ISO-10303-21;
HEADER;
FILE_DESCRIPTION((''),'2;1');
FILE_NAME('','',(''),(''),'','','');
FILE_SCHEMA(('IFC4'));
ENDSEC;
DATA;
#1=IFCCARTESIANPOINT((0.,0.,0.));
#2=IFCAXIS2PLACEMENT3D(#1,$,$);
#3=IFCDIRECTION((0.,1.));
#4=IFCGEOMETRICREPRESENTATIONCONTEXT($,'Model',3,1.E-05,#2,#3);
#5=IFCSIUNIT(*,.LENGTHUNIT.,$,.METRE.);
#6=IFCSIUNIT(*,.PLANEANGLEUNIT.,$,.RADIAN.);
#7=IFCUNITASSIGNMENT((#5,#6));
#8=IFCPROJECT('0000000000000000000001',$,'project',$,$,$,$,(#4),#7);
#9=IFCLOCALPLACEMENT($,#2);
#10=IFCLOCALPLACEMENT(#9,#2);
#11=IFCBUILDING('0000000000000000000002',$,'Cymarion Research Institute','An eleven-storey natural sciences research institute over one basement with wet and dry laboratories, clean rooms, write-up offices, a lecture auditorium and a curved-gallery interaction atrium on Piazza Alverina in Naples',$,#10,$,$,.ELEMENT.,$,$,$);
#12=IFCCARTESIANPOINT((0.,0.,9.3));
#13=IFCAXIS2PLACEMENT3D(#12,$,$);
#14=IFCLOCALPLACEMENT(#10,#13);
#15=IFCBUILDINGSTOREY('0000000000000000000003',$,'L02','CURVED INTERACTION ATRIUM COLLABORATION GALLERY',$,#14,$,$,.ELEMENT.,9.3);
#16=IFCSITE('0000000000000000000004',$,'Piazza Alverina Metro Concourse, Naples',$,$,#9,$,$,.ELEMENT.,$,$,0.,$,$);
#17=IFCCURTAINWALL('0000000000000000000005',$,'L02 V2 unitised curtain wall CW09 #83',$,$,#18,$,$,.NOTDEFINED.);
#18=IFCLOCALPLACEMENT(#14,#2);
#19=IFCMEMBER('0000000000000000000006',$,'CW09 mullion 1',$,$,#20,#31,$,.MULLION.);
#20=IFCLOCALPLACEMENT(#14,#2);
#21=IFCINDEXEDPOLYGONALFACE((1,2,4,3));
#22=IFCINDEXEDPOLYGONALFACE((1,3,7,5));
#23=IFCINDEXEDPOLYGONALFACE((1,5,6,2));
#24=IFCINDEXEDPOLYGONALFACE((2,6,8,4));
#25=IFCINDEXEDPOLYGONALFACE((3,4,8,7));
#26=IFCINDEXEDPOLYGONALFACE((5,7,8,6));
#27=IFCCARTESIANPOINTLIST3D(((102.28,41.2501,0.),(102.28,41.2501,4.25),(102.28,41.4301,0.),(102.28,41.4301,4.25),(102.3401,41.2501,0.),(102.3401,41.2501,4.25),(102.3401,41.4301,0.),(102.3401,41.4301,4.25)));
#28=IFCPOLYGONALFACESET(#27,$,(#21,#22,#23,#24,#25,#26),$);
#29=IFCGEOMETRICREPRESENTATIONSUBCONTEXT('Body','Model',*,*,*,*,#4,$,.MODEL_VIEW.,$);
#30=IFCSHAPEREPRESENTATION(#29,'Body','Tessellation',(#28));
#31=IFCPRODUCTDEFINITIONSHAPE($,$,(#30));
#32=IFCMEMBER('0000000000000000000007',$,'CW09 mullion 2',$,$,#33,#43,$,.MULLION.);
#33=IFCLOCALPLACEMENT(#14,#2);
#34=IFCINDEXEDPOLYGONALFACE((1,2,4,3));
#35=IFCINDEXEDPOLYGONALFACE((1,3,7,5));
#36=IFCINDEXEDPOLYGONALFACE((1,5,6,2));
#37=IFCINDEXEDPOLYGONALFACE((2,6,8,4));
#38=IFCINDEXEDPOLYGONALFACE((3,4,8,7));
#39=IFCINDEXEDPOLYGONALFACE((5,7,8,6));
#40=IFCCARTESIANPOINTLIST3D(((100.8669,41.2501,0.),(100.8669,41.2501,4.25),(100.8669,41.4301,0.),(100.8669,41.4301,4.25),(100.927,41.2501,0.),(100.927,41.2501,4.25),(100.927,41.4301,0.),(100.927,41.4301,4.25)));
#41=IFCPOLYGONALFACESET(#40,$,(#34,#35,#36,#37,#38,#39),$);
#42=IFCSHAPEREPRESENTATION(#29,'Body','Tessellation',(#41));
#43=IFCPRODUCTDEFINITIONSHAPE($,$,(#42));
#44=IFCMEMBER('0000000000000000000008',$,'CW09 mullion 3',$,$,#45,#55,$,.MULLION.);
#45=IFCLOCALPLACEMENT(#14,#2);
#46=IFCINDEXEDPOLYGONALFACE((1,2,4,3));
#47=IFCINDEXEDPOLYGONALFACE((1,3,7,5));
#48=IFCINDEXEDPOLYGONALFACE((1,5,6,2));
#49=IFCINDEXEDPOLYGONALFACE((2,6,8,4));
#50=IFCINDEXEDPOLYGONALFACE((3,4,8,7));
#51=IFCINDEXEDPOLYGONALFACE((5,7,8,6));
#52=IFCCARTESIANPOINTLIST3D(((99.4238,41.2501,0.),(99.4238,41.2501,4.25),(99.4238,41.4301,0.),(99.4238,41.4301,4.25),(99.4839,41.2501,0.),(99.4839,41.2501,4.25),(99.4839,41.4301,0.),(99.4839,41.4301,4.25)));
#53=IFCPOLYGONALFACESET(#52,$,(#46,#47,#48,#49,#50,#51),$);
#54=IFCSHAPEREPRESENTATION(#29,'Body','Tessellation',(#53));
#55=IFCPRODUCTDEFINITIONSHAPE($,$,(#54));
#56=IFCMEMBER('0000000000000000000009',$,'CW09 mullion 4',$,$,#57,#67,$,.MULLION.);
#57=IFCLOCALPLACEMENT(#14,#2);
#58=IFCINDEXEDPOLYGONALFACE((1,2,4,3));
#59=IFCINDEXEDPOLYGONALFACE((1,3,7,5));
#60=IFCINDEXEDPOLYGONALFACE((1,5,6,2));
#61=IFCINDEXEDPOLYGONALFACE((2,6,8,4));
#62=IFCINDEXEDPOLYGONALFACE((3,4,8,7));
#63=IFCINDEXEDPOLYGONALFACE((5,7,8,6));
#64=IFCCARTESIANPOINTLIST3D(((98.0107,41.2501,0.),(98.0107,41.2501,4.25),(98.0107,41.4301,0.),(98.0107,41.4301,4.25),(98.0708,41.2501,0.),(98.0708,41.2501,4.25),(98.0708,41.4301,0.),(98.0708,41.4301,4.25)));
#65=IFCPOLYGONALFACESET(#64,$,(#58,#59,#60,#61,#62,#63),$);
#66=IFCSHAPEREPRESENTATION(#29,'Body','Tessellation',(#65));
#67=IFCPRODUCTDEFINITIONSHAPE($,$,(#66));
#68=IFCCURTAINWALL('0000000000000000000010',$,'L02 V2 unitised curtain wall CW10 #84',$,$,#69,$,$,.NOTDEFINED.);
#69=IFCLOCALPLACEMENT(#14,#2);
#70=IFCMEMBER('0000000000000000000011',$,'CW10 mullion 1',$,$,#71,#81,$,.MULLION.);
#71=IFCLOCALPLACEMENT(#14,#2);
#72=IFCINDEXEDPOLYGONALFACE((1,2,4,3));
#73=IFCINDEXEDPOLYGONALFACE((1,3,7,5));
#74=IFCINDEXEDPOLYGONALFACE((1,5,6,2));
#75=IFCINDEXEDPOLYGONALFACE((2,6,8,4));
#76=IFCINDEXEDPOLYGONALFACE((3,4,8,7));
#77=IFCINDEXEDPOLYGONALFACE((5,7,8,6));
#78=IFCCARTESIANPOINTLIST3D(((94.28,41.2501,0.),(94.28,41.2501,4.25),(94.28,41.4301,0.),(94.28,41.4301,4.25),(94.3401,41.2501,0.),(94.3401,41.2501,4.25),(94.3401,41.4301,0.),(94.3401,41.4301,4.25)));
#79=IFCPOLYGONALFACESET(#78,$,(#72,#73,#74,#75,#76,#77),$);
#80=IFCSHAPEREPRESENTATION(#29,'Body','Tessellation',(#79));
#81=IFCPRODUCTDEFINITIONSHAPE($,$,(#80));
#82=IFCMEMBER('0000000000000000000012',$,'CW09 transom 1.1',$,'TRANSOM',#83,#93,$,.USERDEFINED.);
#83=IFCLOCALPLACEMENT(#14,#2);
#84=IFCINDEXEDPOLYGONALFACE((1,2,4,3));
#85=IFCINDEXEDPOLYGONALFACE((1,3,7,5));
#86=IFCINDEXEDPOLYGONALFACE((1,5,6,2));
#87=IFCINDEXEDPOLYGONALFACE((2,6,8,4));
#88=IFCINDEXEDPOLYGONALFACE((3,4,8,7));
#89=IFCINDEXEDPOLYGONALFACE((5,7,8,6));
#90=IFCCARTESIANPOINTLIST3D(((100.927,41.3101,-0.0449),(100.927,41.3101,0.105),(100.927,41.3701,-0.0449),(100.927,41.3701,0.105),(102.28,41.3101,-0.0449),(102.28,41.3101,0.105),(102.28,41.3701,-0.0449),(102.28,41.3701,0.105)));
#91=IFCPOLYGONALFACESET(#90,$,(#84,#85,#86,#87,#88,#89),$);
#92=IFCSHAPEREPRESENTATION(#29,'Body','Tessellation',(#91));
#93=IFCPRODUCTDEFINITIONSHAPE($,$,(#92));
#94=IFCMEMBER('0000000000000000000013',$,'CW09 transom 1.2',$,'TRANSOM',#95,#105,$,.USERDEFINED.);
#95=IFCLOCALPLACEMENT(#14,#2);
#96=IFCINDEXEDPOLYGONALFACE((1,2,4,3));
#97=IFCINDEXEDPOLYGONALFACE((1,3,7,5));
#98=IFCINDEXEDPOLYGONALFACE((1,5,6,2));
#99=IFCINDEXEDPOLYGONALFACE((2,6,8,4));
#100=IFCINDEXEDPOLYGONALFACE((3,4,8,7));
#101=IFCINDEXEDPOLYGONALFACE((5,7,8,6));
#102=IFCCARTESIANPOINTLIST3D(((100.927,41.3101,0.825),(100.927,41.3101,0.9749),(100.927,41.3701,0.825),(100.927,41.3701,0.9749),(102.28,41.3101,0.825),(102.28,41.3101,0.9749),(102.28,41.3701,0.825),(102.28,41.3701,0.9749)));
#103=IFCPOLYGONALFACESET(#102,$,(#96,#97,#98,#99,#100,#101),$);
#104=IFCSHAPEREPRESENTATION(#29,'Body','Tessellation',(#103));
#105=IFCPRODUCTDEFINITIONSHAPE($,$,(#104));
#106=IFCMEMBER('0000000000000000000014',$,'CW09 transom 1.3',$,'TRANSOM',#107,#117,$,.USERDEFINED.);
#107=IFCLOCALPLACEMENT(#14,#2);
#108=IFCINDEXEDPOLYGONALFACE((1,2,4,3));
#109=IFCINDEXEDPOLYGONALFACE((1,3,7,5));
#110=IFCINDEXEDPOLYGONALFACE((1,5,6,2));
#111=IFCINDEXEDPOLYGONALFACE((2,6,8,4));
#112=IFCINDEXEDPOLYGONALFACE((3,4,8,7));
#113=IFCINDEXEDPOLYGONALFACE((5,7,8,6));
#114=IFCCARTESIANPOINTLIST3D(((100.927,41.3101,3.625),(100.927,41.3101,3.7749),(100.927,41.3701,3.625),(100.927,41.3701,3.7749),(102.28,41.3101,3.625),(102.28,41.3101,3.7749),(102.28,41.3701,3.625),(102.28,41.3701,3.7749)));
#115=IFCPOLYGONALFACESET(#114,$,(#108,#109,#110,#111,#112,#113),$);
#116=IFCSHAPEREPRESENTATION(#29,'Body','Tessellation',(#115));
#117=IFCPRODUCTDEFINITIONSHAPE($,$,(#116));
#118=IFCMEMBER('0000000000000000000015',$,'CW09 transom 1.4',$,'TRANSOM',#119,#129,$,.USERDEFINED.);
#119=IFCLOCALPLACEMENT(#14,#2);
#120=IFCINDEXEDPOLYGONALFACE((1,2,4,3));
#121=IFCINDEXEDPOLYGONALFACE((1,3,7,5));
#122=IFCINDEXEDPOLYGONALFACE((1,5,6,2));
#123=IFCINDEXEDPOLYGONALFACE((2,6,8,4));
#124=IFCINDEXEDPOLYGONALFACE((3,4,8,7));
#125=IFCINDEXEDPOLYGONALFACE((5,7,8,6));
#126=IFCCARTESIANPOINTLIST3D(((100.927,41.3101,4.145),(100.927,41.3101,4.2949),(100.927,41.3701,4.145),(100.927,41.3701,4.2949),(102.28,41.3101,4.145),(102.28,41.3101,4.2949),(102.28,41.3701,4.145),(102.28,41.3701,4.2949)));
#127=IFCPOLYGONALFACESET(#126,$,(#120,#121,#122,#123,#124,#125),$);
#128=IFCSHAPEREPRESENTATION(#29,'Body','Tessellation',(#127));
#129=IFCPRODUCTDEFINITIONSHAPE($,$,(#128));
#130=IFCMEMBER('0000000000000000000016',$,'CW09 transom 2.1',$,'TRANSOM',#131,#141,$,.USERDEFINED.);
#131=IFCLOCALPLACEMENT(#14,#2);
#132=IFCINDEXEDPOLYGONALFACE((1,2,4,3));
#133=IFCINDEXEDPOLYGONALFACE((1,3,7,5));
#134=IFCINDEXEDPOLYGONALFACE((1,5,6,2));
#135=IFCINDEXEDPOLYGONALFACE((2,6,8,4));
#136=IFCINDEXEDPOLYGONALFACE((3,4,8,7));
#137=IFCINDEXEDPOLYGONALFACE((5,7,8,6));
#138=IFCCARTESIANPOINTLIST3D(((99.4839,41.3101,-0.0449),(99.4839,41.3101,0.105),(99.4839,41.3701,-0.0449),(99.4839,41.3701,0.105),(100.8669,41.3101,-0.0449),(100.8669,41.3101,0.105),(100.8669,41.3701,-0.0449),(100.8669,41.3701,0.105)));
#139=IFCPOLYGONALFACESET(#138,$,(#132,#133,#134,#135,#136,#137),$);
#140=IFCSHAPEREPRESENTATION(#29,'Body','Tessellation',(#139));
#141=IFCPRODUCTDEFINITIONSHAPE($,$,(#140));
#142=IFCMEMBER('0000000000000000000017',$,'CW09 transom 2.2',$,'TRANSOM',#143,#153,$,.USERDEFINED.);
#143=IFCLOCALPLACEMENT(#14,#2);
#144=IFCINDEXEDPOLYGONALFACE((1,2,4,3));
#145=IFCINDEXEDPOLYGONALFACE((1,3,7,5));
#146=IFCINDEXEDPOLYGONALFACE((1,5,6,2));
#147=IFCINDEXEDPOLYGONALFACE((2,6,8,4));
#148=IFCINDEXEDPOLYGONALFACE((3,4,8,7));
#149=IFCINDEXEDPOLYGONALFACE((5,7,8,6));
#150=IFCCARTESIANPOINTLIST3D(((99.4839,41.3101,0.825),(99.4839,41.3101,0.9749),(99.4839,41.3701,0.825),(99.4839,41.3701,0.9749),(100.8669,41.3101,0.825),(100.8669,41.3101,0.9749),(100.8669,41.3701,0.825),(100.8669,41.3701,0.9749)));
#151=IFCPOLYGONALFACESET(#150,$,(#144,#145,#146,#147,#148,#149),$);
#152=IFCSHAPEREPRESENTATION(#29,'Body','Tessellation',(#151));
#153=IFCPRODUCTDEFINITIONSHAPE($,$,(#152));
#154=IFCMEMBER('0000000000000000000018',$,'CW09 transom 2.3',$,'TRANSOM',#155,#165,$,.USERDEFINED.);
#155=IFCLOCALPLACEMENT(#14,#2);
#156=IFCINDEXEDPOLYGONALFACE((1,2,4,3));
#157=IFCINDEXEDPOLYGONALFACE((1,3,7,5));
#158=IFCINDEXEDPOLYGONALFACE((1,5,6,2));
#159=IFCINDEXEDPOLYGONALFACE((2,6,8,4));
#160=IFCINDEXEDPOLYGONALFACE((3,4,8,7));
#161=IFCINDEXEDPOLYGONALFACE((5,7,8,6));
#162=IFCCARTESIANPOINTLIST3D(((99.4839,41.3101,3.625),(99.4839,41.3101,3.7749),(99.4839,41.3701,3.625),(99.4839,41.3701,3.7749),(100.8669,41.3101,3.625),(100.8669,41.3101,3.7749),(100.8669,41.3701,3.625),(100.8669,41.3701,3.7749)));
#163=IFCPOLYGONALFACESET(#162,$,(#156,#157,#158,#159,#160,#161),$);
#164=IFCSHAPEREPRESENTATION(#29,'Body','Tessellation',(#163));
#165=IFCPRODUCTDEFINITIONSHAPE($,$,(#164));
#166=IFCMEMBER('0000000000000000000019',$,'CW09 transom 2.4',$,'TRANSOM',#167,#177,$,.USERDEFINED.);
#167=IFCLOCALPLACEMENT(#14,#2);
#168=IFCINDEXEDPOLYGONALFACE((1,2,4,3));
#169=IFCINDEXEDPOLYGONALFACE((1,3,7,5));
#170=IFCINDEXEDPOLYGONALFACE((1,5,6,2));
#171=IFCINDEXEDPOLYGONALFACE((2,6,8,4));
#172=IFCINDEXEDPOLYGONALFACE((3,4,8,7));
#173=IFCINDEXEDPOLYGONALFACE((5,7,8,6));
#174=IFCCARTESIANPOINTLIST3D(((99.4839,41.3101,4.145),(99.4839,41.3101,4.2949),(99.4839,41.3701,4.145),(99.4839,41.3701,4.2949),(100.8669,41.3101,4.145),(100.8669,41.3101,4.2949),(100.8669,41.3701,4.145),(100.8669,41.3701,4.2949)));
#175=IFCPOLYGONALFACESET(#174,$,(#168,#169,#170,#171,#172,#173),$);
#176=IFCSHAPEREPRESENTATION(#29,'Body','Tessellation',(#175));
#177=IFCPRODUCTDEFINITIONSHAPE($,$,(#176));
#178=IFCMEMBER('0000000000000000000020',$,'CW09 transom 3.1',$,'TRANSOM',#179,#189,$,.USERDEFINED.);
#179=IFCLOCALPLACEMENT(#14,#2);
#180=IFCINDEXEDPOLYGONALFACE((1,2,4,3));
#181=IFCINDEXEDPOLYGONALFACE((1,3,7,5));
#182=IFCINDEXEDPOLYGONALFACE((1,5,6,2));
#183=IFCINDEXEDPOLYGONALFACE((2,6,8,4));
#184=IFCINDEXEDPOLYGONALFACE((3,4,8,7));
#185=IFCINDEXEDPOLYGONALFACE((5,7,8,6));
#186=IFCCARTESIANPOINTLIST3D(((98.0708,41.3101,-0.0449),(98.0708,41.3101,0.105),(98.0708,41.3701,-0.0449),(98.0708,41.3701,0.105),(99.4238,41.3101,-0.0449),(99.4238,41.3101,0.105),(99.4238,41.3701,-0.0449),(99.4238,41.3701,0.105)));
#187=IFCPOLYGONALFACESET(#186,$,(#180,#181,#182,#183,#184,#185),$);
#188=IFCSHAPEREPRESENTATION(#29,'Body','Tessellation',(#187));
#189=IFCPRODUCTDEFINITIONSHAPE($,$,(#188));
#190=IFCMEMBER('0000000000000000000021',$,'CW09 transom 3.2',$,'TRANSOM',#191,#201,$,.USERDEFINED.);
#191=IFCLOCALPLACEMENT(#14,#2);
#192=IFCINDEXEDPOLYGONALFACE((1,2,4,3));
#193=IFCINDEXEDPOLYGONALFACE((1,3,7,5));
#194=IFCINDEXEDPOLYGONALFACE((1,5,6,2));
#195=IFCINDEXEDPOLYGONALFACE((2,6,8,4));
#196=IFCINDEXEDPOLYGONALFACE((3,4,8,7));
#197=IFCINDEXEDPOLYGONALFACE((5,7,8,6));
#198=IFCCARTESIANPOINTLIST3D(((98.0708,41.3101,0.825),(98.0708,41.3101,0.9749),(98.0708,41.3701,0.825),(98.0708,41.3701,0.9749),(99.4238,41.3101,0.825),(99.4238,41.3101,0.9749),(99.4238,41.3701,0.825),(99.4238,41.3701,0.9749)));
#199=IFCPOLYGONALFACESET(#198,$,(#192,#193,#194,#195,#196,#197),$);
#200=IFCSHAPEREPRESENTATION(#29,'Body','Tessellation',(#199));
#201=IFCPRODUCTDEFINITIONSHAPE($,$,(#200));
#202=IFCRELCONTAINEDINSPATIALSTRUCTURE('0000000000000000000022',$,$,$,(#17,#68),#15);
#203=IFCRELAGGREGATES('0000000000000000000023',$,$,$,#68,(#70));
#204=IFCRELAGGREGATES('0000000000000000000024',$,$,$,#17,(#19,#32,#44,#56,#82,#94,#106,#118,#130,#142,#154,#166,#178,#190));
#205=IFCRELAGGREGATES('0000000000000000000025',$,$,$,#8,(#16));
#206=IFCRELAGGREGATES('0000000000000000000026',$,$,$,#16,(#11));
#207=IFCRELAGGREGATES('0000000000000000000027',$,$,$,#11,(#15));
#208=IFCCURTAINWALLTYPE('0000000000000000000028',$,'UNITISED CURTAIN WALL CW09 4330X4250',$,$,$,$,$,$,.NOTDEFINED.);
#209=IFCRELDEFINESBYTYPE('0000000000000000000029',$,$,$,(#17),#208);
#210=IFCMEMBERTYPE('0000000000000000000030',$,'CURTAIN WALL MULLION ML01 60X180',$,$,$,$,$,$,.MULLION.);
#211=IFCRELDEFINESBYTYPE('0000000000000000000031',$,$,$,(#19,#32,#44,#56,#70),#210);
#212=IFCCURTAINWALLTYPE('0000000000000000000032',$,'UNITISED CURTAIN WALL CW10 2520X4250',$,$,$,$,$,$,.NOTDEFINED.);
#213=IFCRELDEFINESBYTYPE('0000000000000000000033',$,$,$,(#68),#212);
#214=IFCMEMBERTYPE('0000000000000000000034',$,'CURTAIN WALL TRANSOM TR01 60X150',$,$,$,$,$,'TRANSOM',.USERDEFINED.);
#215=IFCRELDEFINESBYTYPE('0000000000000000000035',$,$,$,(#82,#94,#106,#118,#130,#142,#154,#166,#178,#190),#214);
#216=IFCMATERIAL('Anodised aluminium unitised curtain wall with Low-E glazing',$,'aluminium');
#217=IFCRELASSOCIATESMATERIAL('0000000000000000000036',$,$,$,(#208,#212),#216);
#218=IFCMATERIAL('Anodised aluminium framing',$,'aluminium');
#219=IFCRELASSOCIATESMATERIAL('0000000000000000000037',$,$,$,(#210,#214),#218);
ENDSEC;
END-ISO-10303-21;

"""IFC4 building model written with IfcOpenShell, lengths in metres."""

from ifc_helpers import new_model, si_unit, direction, frame, origin, origin_2d, place, context, subcontext, project, spatial, rectangle, extrude, material, material_profile, profile_set, type_object, element, aggregate, save


model = new_model("IFC4")

# Units and contexts
model_context = context("Model", 3, precision=1e-05, world=origin(), true_north=direction((0.0, 1.0)))
body_context = subcontext(model_context, "Body", "Model", "MODEL_VIEW")
ifc_project = project(units=[si_unit("LENGTHUNIT", "METRE"), si_unit("PLANEANGLEUNIT", "RADIAN")], contexts=[model_context])

# Site, building, storey
site_placement = place(None, origin())
site = spatial("IfcSite", under=ifc_project, at=site_placement, Name="Piazza Alverina Metro Concourse, Naples", CompositionType="ELEMENT", RefElevation=0.0)
building_placement = place(site_placement, origin())
building = spatial("IfcBuilding", under=site, at=building_placement, Name="Cymarion Research Institute", Description="An eleven-storey natural sciences research institute over one basement with wet and dry laboratories, clean rooms, write-up offices, a lecture auditorium and a curved-gallery interaction atrium on Piazza Alverina in Naples", CompositionType="ELEMENT")
storey_placement = place(building_placement, frame((0.0, 0.0, 9.3)))
storey = spatial("IfcBuildingStorey", under=building, at=storey_placement, Name="L02", Description="CURVED INTERACTION ATRIUM COLLABORATION GALLERY", CompositionType="ELEMENT", Elevation=9.3)

# Curtain wall, members
ifc_material_1 = material(Name="Anodised aluminium unitised curtain wall with Low-E glazing", Category="aluminium")
curtain_wall_type_1 = type_object("IfcCurtainWallType", Name="UNITISED CURTAIN WALL CW09 4330X4250", PredefinedType="NOTDEFINED", material=ifc_material_1)
curtain_wall_1_placement = place(storey_placement, origin())
curtain_wall_1 = element("IfcCurtainWall", 1, at=curtain_wall_1_placement, inside=storey, type_object=curtain_wall_type_1, Name="L02 V2 unitised curtain wall CW09 #83", PredefinedType="NOTDEFINED")
ifc_material_2 = material(Name="Anodised aluminium framing", Category="aluminium")
ifc_material_profile_1 = material_profile(ifc_material_2, rectangle(XDim=0.0601, YDim=0.1799, at=origin_2d()), Name="ALU MULLION 60x180")
ifc_profile_set_1 = profile_set([ifc_material_profile_1], Name="Anodised aluminium framing")
member_type_1 = type_object("IfcMemberType", Name="CURTAIN WALL MULLION ML01 60X180", PredefinedType="MULLION", material=ifc_profile_set_1)
member_1_placement = place(storey_placement, frame((102.3101, 41.3401, 0.0), z_axis=(0.0, 0.0, 1.0), x_axis=(-1.0, 0.0, 0.0)))
member_1 = element("IfcMember", 2, at=member_1_placement, type_object=member_type_1, Name="CW09 mullion 1", PredefinedType="MULLION", context=body_context, shape_type="SweptSolid", body=[
    extrude(rectangle(XDim=0.0601, YDim=0.1799, at=origin_2d()), origin(), (0.0, 0.0, 1.0), 4.25),
])
member_2_placement = place(storey_placement, frame((100.897, 41.3401, 0.0), z_axis=(0.0, 0.0, 1.0), x_axis=(-1.0, 0.0, 0.0)))
member_2 = element("IfcMember", 3, at=member_2_placement, type_object=member_type_1, Name="CW09 mullion 2", PredefinedType="MULLION", context=body_context, shape_type="SweptSolid", body=[
    extrude(rectangle(XDim=0.0601, YDim=0.1799, at=origin_2d()), origin(), (0.0, 0.0, 1.0), 4.25),
])
member_3_placement = place(storey_placement, frame((99.4539, 41.3401, 0.0), z_axis=(0.0, 0.0, 1.0), x_axis=(-1.0, 0.0, 0.0)))
member_3 = element("IfcMember", 4, at=member_3_placement, type_object=member_type_1, Name="CW09 mullion 3", PredefinedType="MULLION", context=body_context, shape_type="SweptSolid", body=[
    extrude(rectangle(XDim=0.0601, YDim=0.1799, at=origin_2d()), origin(), (0.0, 0.0, 1.0), 4.25),
])
member_4_placement = place(storey_placement, frame((98.0408, 41.3401, 0.0), z_axis=(0.0, 0.0, 1.0), x_axis=(-1.0, 0.0, 0.0)))
member_4 = element("IfcMember", 5, at=member_4_placement, type_object=member_type_1, Name="CW09 mullion 4", PredefinedType="MULLION", context=body_context, shape_type="SweptSolid", body=[
    extrude(rectangle(XDim=0.0601, YDim=0.1799, at=origin_2d()), origin(), (0.0, 0.0, 1.0), 4.25),
])

# Curtain wall, member
curtain_wall_type_2 = type_object("IfcCurtainWallType", Name="UNITISED CURTAIN WALL CW10 2520X4250", PredefinedType="NOTDEFINED", material=ifc_material_1)
curtain_wall_2_placement = place(storey_placement, origin())
curtain_wall_2 = element("IfcCurtainWall", 6, at=curtain_wall_2_placement, inside=storey, type_object=curtain_wall_type_2, Name="L02 V2 unitised curtain wall CW10 #84", PredefinedType="NOTDEFINED")
member_5_placement = place(storey_placement, frame((94.3101, 41.3401, 0.0), z_axis=(0.0, 0.0, 1.0), x_axis=(-1.0, 0.0, 0.0)))
member_5 = element("IfcMember", 7, at=member_5_placement, type_object=member_type_1, Name="CW10 mullion 1", PredefinedType="MULLION", context=body_context, shape_type="SweptSolid", body=[
    extrude(rectangle(XDim=0.0601, YDim=0.1799, at=origin_2d()), origin(), (0.0, 0.0, 1.0), 4.25),
])
aggregate(curtain_wall_2, [member_5])

# Members
ifc_material_profile_2 = material_profile(ifc_material_2, rectangle(XDim=0.0601, YDim=0.1499, at=origin_2d()), Name="ALU TRANSOM 60x150")
ifc_profile_set_2 = profile_set([ifc_material_profile_2], Name="Anodised aluminium framing")
member_type_2 = type_object("IfcMemberType", Name="CURTAIN WALL TRANSOM TR01 60X150", ElementType="TRANSOM", PredefinedType="USERDEFINED", material=ifc_profile_set_2)
member_6_placement = place(storey_placement, frame((102.28, 41.3401, 0.03), z_axis=(-1.0, 0.0, 0.0), x_axis=(0.0, -1.0, 0.0)))
member_6 = element("IfcMember", 8, at=member_6_placement, type_object=member_type_2, Name="CW09 transom 1.1", ObjectType="TRANSOM", PredefinedType="USERDEFINED", context=body_context, shape_type="SweptSolid", body=[
    extrude(rectangle(XDim=0.0601, YDim=0.1499, at=origin_2d()), origin(), (0.0, 0.0, 1.0), 1.353),
])
member_7_placement = place(storey_placement, frame((102.28, 41.3401, 0.8999), z_axis=(-1.0, 0.0, 0.0), x_axis=(0.0, -1.0, 0.0)))
member_7 = element("IfcMember", 9, at=member_7_placement, type_object=member_type_2, Name="CW09 transom 1.2", ObjectType="TRANSOM", PredefinedType="USERDEFINED", context=body_context, shape_type="SweptSolid", body=[
    extrude(rectangle(XDim=0.0601, YDim=0.1499, at=origin_2d()), origin(), (0.0, 0.0, 1.0), 1.353),
])
member_8_placement = place(storey_placement, frame((102.28, 41.3401, 3.7), z_axis=(-1.0, 0.0, 0.0), x_axis=(0.0, -1.0, 0.0)))
member_8 = element("IfcMember", 10, at=member_8_placement, type_object=member_type_2, Name="CW09 transom 1.3", ObjectType="TRANSOM", PredefinedType="USERDEFINED", context=body_context, shape_type="SweptSolid", body=[
    extrude(rectangle(XDim=0.0601, YDim=0.1499, at=origin_2d()), origin(), (0.0, 0.0, 1.0), 1.353),
])
member_9_placement = place(storey_placement, frame((102.28, 41.3401, 4.22), z_axis=(-1.0, 0.0, 0.0), x_axis=(0.0, -1.0, 0.0)))
member_9 = element("IfcMember", 11, at=member_9_placement, type_object=member_type_2, Name="CW09 transom 1.4", ObjectType="TRANSOM", PredefinedType="USERDEFINED", context=body_context, shape_type="SweptSolid", body=[
    extrude(rectangle(XDim=0.0601, YDim=0.1499, at=origin_2d()), origin(), (0.0, 0.0, 1.0), 1.353),
])
member_10_placement = place(storey_placement, frame((100.8669, 41.3401, 0.03), z_axis=(-1.0, 0.0, 0.0), x_axis=(0.0, -1.0, 0.0)))
member_10 = element("IfcMember", 12, at=member_10_placement, type_object=member_type_2, Name="CW09 transom 2.1", ObjectType="TRANSOM", PredefinedType="USERDEFINED", context=body_context, shape_type="SweptSolid", body=[
    extrude(rectangle(XDim=0.0601, YDim=0.1499, at=origin_2d()), origin(), (0.0, 0.0, 1.0), 1.3831),
])
member_11_placement = place(storey_placement, frame((100.8669, 41.3401, 0.8999), z_axis=(-1.0, 0.0, 0.0), x_axis=(0.0, -1.0, 0.0)))
member_11 = element("IfcMember", 13, at=member_11_placement, type_object=member_type_2, Name="CW09 transom 2.2", ObjectType="TRANSOM", PredefinedType="USERDEFINED", context=body_context, shape_type="SweptSolid", body=[
    extrude(rectangle(XDim=0.0601, YDim=0.1499, at=origin_2d()), origin(), (0.0, 0.0, 1.0), 1.3831),
])
member_12_placement = place(storey_placement, frame((100.8669, 41.3401, 3.7), z_axis=(-1.0, 0.0, 0.0), x_axis=(0.0, -1.0, 0.0)))
member_12 = element("IfcMember", 14, at=member_12_placement, type_object=member_type_2, Name="CW09 transom 2.3", ObjectType="TRANSOM", PredefinedType="USERDEFINED", context=body_context, shape_type="SweptSolid", body=[
    extrude(rectangle(XDim=0.0601, YDim=0.1499, at=origin_2d()), origin(), (0.0, 0.0, 1.0), 1.3831),
])
member_13_placement = place(storey_placement, frame((100.8669, 41.3401, 4.22), z_axis=(-1.0, 0.0, 0.0), x_axis=(0.0, -1.0, 0.0)))
member_13 = element("IfcMember", 15, at=member_13_placement, type_object=member_type_2, Name="CW09 transom 2.4", ObjectType="TRANSOM", PredefinedType="USERDEFINED", context=body_context, shape_type="SweptSolid", body=[
    extrude(rectangle(XDim=0.0601, YDim=0.1499, at=origin_2d()), origin(), (0.0, 0.0, 1.0), 1.3831),
])
member_14_placement = place(storey_placement, frame((99.4238, 41.3401, 0.03), z_axis=(-1.0, 0.0, 0.0), x_axis=(0.0, -1.0, 0.0)))
member_14 = element("IfcMember", 16, at=member_14_placement, type_object=member_type_2, Name="CW09 transom 3.1", ObjectType="TRANSOM", PredefinedType="USERDEFINED", context=body_context, shape_type="SweptSolid", body=[
    extrude(rectangle(XDim=0.0601, YDim=0.1499, at=origin_2d()), origin(), (0.0, 0.0, 1.0), 1.353),
])
member_15_placement = place(storey_placement, frame((99.4238, 41.3401, 0.8999), z_axis=(-1.0, 0.0, 0.0), x_axis=(0.0, -1.0, 0.0)))
member_15 = element("IfcMember", 17, at=member_15_placement, type_object=member_type_2, Name="CW09 transom 3.2", ObjectType="TRANSOM", PredefinedType="USERDEFINED", context=body_context, shape_type="SweptSolid", body=[
    extrude(rectangle(XDim=0.0601, YDim=0.1499, at=origin_2d()), origin(), (0.0, 0.0, 1.0), 1.353),
])

aggregate(curtain_wall_1, [member_1, member_2, member_3, member_4, member_6, member_7, member_8, member_9, member_10, member_11, member_12, member_13, member_14, member_15])

save(model, "model.ifc")
